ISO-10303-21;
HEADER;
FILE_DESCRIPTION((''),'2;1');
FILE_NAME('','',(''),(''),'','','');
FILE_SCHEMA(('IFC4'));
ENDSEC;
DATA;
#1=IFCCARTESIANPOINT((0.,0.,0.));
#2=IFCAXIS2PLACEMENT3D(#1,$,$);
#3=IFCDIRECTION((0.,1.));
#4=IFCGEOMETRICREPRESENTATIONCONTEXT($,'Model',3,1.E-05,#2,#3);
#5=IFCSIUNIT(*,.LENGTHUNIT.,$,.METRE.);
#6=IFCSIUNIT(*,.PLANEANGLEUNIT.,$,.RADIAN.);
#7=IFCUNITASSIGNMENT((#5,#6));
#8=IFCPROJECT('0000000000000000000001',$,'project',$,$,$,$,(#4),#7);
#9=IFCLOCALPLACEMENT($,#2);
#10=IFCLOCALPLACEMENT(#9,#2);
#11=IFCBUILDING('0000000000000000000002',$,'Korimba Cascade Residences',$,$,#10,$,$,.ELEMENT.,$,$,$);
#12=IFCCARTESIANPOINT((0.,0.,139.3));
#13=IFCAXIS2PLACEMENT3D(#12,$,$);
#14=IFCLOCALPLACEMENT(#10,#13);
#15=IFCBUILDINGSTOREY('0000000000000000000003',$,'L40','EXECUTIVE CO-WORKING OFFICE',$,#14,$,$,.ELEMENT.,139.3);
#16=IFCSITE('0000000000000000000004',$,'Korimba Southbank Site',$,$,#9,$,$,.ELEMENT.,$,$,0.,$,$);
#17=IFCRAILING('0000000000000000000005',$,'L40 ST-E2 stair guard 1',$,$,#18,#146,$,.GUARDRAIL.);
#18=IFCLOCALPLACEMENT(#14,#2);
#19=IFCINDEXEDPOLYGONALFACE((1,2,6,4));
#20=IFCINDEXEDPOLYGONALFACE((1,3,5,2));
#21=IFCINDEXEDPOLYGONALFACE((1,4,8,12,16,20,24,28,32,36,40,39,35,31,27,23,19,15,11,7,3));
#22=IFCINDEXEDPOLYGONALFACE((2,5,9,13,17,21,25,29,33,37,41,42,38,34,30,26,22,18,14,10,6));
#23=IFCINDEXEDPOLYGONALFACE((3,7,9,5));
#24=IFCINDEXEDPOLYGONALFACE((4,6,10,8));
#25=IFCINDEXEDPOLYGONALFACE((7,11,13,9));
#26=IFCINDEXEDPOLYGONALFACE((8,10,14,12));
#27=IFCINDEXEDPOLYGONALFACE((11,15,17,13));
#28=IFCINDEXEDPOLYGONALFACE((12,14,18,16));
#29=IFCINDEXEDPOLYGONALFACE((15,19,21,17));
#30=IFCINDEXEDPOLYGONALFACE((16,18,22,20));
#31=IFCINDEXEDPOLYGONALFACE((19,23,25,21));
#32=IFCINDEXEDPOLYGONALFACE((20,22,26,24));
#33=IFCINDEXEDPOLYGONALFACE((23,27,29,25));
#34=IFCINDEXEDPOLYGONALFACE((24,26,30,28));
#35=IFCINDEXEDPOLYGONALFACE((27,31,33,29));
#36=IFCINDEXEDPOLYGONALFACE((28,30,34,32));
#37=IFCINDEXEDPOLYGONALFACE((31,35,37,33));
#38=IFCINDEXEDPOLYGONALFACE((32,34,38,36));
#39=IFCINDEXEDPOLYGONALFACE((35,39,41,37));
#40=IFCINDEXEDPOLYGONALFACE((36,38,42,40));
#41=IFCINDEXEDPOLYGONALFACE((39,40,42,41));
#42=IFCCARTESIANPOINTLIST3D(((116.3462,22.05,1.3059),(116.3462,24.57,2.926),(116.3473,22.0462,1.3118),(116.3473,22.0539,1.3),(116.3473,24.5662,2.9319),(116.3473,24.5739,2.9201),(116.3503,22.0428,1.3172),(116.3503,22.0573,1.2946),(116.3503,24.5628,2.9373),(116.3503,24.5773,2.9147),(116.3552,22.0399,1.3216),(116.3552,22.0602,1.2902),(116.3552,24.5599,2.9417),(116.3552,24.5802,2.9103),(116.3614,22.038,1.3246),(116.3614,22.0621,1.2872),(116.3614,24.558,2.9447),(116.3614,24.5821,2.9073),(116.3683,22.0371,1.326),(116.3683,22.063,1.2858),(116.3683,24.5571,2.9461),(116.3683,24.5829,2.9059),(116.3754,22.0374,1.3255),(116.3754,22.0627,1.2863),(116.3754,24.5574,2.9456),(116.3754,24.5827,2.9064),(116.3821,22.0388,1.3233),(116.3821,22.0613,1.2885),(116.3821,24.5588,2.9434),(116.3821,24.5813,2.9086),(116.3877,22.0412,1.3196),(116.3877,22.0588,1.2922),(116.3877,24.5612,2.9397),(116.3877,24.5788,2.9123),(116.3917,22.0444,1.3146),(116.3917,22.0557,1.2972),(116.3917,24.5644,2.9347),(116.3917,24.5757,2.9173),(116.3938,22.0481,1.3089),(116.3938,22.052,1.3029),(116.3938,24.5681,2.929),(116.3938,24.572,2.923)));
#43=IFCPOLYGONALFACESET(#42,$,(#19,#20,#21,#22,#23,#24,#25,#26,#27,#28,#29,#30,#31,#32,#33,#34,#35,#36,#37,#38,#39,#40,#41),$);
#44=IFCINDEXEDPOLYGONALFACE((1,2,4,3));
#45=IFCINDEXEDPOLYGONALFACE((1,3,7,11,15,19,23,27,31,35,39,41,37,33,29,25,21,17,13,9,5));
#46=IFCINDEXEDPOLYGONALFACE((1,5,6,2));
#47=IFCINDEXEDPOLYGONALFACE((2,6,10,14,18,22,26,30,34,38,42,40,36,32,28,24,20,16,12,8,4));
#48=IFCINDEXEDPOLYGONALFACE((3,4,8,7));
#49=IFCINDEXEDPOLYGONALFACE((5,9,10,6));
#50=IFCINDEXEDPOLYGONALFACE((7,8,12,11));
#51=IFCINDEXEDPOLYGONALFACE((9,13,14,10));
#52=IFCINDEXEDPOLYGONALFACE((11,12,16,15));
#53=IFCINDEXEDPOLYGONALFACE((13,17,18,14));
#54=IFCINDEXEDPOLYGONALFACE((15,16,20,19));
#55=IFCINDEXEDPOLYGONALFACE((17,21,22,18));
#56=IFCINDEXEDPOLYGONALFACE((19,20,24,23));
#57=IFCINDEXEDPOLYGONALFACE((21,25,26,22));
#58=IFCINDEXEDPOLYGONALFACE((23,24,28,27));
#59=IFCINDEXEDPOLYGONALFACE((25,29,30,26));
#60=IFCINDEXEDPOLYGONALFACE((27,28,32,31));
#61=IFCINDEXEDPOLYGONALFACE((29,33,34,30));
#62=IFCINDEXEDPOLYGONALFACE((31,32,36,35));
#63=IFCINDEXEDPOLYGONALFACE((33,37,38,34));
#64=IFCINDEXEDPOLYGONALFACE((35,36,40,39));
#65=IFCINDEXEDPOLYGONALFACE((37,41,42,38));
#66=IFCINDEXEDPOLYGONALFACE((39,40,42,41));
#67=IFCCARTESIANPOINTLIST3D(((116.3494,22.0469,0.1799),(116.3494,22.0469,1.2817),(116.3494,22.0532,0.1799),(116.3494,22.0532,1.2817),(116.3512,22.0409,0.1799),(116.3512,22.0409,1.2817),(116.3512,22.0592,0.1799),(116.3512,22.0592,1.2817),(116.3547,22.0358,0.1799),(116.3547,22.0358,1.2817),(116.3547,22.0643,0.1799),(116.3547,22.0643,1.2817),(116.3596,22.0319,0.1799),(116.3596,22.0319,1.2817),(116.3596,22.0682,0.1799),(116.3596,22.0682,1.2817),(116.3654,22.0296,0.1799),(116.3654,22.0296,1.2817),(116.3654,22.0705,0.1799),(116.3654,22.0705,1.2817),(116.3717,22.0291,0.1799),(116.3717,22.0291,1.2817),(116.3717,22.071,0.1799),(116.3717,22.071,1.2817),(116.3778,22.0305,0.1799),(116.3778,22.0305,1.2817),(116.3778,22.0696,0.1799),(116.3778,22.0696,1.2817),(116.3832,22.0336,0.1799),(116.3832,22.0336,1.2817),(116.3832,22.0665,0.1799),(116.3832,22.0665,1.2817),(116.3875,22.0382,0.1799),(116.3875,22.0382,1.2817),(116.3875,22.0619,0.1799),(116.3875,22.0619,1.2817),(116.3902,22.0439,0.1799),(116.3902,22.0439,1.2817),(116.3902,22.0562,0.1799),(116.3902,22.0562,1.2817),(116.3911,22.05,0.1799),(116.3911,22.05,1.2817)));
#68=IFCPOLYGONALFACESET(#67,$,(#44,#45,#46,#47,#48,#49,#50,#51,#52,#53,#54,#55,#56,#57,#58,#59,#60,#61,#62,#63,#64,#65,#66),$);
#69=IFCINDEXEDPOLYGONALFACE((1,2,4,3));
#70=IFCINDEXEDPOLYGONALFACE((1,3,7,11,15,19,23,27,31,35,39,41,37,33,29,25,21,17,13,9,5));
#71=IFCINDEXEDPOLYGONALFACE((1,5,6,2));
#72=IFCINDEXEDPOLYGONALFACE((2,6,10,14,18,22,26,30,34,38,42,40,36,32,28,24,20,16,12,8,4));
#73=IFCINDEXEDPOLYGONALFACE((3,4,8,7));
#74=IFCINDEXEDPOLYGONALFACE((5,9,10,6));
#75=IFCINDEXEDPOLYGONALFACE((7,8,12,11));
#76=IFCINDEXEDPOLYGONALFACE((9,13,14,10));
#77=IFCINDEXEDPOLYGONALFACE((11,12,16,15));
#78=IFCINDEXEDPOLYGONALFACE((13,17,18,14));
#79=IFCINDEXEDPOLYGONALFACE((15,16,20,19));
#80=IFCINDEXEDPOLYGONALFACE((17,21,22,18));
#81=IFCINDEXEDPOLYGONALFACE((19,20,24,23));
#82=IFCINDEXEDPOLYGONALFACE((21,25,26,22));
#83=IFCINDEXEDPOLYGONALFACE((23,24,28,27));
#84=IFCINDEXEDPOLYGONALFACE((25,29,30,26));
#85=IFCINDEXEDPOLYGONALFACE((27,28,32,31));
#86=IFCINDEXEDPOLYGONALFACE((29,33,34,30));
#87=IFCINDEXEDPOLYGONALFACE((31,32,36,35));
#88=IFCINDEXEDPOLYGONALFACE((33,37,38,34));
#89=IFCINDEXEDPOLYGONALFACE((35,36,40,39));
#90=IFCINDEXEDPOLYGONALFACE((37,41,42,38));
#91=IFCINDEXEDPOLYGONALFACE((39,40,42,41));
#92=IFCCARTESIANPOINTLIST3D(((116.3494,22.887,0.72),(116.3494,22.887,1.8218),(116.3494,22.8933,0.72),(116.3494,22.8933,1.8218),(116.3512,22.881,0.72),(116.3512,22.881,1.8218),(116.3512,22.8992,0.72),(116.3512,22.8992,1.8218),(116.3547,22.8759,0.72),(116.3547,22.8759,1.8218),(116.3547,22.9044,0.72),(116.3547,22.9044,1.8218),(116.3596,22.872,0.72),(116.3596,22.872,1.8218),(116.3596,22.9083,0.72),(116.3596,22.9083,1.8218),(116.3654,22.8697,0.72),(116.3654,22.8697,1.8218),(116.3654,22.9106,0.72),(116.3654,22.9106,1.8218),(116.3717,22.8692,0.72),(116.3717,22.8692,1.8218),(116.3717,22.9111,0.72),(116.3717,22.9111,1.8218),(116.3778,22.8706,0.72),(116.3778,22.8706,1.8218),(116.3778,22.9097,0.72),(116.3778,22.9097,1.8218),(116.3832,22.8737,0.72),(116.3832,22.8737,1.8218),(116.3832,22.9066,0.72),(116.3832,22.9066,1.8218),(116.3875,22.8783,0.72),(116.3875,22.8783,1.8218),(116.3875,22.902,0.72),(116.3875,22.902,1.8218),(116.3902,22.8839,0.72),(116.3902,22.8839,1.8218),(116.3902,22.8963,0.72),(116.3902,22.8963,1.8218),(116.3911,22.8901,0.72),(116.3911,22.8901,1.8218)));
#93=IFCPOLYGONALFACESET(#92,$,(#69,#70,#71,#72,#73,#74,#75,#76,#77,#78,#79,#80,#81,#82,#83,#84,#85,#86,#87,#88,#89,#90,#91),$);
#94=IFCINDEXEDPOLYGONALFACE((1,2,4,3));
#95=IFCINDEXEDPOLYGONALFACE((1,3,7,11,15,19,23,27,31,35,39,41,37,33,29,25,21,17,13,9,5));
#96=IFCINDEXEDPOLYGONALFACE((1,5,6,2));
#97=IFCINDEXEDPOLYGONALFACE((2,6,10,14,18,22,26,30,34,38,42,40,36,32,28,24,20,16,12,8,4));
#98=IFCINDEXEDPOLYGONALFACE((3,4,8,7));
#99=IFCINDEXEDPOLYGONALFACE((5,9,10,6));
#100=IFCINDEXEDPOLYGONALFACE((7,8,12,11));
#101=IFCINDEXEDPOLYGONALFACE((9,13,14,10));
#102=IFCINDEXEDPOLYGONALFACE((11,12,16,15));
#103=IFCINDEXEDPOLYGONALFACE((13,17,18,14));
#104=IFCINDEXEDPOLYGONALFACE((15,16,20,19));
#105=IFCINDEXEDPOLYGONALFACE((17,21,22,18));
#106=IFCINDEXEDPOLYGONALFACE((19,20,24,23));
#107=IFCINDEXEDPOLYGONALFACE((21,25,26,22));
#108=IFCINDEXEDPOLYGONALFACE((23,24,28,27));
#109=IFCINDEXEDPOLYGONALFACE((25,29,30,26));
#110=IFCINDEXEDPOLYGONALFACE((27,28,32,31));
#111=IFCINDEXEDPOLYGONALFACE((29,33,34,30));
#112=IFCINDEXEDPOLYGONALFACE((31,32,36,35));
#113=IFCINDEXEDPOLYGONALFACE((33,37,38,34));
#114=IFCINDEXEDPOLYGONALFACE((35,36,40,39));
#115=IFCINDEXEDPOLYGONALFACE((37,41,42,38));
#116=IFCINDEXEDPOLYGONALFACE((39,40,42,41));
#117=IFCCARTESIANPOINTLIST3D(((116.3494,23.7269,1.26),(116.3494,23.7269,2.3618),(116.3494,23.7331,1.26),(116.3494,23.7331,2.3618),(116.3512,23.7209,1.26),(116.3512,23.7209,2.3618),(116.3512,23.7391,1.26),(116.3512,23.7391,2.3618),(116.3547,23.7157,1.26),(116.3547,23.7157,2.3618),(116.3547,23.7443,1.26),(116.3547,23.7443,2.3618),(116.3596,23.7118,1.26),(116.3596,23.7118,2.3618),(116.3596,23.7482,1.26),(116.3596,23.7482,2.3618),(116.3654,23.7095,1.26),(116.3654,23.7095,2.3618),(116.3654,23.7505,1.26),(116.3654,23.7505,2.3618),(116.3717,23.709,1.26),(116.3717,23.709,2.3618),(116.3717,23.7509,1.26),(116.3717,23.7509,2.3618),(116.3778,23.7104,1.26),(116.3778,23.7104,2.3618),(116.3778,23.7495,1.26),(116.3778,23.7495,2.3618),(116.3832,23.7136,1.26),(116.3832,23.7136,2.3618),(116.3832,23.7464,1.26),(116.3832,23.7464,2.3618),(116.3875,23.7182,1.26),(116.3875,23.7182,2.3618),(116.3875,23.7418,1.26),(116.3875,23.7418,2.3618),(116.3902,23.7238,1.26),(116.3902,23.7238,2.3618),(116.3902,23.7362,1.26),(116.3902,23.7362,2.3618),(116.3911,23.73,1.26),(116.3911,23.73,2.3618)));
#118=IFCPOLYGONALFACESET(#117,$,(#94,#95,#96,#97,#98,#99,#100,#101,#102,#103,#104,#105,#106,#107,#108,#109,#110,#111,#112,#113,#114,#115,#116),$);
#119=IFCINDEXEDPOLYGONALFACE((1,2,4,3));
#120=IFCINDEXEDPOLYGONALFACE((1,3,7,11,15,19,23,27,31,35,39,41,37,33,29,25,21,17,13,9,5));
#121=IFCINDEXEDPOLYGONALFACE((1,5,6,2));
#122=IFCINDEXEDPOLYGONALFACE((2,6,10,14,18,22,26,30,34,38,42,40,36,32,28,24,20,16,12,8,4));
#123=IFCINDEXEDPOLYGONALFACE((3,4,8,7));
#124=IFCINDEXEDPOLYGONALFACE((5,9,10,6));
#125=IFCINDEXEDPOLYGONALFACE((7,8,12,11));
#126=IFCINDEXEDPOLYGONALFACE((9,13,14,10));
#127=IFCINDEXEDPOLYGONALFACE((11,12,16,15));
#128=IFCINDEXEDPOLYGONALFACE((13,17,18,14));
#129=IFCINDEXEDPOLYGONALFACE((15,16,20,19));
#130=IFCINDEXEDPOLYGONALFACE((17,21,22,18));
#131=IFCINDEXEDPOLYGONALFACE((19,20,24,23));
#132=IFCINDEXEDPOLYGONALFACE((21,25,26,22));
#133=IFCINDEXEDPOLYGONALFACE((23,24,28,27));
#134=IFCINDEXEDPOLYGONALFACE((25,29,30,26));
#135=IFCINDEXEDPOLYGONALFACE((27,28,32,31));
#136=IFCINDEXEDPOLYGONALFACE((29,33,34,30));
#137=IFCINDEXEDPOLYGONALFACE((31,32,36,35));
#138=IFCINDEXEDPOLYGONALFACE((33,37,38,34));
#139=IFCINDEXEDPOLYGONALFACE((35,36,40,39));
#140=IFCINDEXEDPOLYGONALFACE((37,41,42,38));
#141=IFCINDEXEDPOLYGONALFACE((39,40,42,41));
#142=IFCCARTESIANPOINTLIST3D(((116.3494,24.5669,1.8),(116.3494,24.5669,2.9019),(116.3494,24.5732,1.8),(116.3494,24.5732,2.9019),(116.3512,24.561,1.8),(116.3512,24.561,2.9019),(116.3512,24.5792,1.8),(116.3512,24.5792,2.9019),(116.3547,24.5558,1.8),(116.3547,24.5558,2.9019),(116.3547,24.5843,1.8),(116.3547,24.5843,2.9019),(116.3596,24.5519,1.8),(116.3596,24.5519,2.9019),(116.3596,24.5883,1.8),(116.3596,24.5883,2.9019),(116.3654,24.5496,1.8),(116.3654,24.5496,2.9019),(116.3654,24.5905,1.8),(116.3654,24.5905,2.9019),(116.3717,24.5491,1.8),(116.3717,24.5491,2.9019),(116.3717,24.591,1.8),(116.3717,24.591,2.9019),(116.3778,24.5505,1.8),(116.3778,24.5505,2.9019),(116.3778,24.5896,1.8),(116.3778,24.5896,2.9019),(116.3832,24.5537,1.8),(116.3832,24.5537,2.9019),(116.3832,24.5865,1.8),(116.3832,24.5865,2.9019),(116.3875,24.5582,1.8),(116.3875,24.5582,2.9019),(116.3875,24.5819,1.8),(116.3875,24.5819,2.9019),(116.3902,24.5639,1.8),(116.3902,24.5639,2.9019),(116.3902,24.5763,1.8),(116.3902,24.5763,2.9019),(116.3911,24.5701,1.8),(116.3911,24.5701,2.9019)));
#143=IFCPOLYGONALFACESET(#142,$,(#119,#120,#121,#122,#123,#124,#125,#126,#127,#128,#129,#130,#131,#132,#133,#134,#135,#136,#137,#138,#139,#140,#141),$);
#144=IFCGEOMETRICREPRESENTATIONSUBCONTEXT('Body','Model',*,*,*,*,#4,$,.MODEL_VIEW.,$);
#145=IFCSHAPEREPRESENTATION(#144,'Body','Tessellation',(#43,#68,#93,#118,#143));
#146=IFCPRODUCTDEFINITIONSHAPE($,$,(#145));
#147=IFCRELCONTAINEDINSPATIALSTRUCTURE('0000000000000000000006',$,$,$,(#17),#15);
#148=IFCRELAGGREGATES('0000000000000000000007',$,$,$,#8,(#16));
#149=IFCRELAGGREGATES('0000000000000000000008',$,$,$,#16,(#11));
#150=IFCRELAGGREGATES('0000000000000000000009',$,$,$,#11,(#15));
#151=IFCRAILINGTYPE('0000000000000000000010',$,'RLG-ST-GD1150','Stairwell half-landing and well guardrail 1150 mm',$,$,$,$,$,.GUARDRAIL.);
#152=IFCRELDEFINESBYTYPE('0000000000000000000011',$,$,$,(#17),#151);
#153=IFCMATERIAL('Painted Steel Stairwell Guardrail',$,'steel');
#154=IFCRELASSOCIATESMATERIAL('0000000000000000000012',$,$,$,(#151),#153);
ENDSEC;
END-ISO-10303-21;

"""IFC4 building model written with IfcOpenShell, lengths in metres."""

from ifc_helpers import new_model, si_unit, direction, frame, origin, origin_2d, place, context, subcontext, project, spatial, circle, extrude, material, type_object, element, save


model = new_model("IFC4")

# Units and contexts
model_context = context("Model", 3, precision=1e-05, world=origin(), true_north=direction((0.0, 1.0)))
body_context = subcontext(model_context, "Body", "Model", "MODEL_VIEW")
ifc_project = project(units=[si_unit("LENGTHUNIT", "METRE"), si_unit("PLANEANGLEUNIT", "RADIAN")], contexts=[model_context])

# Site, building, storey
site_placement = place(None, origin())
site = spatial("IfcSite", under=ifc_project, at=site_placement, Name="Korimba Southbank Site", CompositionType="ELEMENT", RefElevation=0.0)
building_placement = place(site_placement, origin())
building = spatial("IfcBuilding", under=site, at=building_placement, Name="Korimba Cascade Residences", CompositionType="ELEMENT")
storey_placement = place(building_placement, frame((0.0, 0.0, 139.3)))
storey = spatial("IfcBuildingStorey", under=building, at=storey_placement, Name="L40", Description="EXECUTIVE CO-WORKING OFFICE", CompositionType="ELEMENT", Elevation=139.3)

# Railing
ifc_material_1 = material(Name="Painted Steel Stairwell Guardrail", Category="steel")
railing_type_1 = type_object("IfcRailingType", Name="RLG-ST-GD1150", Description="Stairwell half-landing and well guardrail 1150 mm", PredefinedType="GUARDRAIL", material=ifc_material_1)
railing_1_placement = place(storey_placement, frame((116.3701, 22.05, 0.1799)))
element("IfcRailing", 1, at=railing_1_placement, inside=storey, type_object=railing_type_1, Name="L40 ST-E2 stair guard 1", PredefinedType="GUARDRAIL", context=body_context, shape_type="SweptSolid", body=[
    extrude(circle(Radius=0.0239, at=origin_2d()), frame((0.0, 0.0, 1.126), z_axis=(0.0, 0.841163, 0.540782), x_axis=(-1.0, 0.0, 0.0)), (0.0, 0.0, 1.0), 2.9958),
    extrude(circle(Radius=0.021, at=origin_2d()), origin(), (0.0, 0.0, 1.0), 1.1018),
    extrude(circle(Radius=0.021, at=origin_2d()), frame((0.0, 0.8401, 0.54)), (0.0, 0.0, 1.0), 1.1018),
    extrude(circle(Radius=0.021, at=origin_2d()), frame((0.0, 1.6799, 1.0801)), (0.0, 0.0, 1.0), 1.1018),
    extrude(circle(Radius=0.021, at=origin_2d()), frame((0.0, 2.52, 1.6201)), (0.0, 0.0, 1.0), 1.1018),
])

save(model, "model.ifc")
